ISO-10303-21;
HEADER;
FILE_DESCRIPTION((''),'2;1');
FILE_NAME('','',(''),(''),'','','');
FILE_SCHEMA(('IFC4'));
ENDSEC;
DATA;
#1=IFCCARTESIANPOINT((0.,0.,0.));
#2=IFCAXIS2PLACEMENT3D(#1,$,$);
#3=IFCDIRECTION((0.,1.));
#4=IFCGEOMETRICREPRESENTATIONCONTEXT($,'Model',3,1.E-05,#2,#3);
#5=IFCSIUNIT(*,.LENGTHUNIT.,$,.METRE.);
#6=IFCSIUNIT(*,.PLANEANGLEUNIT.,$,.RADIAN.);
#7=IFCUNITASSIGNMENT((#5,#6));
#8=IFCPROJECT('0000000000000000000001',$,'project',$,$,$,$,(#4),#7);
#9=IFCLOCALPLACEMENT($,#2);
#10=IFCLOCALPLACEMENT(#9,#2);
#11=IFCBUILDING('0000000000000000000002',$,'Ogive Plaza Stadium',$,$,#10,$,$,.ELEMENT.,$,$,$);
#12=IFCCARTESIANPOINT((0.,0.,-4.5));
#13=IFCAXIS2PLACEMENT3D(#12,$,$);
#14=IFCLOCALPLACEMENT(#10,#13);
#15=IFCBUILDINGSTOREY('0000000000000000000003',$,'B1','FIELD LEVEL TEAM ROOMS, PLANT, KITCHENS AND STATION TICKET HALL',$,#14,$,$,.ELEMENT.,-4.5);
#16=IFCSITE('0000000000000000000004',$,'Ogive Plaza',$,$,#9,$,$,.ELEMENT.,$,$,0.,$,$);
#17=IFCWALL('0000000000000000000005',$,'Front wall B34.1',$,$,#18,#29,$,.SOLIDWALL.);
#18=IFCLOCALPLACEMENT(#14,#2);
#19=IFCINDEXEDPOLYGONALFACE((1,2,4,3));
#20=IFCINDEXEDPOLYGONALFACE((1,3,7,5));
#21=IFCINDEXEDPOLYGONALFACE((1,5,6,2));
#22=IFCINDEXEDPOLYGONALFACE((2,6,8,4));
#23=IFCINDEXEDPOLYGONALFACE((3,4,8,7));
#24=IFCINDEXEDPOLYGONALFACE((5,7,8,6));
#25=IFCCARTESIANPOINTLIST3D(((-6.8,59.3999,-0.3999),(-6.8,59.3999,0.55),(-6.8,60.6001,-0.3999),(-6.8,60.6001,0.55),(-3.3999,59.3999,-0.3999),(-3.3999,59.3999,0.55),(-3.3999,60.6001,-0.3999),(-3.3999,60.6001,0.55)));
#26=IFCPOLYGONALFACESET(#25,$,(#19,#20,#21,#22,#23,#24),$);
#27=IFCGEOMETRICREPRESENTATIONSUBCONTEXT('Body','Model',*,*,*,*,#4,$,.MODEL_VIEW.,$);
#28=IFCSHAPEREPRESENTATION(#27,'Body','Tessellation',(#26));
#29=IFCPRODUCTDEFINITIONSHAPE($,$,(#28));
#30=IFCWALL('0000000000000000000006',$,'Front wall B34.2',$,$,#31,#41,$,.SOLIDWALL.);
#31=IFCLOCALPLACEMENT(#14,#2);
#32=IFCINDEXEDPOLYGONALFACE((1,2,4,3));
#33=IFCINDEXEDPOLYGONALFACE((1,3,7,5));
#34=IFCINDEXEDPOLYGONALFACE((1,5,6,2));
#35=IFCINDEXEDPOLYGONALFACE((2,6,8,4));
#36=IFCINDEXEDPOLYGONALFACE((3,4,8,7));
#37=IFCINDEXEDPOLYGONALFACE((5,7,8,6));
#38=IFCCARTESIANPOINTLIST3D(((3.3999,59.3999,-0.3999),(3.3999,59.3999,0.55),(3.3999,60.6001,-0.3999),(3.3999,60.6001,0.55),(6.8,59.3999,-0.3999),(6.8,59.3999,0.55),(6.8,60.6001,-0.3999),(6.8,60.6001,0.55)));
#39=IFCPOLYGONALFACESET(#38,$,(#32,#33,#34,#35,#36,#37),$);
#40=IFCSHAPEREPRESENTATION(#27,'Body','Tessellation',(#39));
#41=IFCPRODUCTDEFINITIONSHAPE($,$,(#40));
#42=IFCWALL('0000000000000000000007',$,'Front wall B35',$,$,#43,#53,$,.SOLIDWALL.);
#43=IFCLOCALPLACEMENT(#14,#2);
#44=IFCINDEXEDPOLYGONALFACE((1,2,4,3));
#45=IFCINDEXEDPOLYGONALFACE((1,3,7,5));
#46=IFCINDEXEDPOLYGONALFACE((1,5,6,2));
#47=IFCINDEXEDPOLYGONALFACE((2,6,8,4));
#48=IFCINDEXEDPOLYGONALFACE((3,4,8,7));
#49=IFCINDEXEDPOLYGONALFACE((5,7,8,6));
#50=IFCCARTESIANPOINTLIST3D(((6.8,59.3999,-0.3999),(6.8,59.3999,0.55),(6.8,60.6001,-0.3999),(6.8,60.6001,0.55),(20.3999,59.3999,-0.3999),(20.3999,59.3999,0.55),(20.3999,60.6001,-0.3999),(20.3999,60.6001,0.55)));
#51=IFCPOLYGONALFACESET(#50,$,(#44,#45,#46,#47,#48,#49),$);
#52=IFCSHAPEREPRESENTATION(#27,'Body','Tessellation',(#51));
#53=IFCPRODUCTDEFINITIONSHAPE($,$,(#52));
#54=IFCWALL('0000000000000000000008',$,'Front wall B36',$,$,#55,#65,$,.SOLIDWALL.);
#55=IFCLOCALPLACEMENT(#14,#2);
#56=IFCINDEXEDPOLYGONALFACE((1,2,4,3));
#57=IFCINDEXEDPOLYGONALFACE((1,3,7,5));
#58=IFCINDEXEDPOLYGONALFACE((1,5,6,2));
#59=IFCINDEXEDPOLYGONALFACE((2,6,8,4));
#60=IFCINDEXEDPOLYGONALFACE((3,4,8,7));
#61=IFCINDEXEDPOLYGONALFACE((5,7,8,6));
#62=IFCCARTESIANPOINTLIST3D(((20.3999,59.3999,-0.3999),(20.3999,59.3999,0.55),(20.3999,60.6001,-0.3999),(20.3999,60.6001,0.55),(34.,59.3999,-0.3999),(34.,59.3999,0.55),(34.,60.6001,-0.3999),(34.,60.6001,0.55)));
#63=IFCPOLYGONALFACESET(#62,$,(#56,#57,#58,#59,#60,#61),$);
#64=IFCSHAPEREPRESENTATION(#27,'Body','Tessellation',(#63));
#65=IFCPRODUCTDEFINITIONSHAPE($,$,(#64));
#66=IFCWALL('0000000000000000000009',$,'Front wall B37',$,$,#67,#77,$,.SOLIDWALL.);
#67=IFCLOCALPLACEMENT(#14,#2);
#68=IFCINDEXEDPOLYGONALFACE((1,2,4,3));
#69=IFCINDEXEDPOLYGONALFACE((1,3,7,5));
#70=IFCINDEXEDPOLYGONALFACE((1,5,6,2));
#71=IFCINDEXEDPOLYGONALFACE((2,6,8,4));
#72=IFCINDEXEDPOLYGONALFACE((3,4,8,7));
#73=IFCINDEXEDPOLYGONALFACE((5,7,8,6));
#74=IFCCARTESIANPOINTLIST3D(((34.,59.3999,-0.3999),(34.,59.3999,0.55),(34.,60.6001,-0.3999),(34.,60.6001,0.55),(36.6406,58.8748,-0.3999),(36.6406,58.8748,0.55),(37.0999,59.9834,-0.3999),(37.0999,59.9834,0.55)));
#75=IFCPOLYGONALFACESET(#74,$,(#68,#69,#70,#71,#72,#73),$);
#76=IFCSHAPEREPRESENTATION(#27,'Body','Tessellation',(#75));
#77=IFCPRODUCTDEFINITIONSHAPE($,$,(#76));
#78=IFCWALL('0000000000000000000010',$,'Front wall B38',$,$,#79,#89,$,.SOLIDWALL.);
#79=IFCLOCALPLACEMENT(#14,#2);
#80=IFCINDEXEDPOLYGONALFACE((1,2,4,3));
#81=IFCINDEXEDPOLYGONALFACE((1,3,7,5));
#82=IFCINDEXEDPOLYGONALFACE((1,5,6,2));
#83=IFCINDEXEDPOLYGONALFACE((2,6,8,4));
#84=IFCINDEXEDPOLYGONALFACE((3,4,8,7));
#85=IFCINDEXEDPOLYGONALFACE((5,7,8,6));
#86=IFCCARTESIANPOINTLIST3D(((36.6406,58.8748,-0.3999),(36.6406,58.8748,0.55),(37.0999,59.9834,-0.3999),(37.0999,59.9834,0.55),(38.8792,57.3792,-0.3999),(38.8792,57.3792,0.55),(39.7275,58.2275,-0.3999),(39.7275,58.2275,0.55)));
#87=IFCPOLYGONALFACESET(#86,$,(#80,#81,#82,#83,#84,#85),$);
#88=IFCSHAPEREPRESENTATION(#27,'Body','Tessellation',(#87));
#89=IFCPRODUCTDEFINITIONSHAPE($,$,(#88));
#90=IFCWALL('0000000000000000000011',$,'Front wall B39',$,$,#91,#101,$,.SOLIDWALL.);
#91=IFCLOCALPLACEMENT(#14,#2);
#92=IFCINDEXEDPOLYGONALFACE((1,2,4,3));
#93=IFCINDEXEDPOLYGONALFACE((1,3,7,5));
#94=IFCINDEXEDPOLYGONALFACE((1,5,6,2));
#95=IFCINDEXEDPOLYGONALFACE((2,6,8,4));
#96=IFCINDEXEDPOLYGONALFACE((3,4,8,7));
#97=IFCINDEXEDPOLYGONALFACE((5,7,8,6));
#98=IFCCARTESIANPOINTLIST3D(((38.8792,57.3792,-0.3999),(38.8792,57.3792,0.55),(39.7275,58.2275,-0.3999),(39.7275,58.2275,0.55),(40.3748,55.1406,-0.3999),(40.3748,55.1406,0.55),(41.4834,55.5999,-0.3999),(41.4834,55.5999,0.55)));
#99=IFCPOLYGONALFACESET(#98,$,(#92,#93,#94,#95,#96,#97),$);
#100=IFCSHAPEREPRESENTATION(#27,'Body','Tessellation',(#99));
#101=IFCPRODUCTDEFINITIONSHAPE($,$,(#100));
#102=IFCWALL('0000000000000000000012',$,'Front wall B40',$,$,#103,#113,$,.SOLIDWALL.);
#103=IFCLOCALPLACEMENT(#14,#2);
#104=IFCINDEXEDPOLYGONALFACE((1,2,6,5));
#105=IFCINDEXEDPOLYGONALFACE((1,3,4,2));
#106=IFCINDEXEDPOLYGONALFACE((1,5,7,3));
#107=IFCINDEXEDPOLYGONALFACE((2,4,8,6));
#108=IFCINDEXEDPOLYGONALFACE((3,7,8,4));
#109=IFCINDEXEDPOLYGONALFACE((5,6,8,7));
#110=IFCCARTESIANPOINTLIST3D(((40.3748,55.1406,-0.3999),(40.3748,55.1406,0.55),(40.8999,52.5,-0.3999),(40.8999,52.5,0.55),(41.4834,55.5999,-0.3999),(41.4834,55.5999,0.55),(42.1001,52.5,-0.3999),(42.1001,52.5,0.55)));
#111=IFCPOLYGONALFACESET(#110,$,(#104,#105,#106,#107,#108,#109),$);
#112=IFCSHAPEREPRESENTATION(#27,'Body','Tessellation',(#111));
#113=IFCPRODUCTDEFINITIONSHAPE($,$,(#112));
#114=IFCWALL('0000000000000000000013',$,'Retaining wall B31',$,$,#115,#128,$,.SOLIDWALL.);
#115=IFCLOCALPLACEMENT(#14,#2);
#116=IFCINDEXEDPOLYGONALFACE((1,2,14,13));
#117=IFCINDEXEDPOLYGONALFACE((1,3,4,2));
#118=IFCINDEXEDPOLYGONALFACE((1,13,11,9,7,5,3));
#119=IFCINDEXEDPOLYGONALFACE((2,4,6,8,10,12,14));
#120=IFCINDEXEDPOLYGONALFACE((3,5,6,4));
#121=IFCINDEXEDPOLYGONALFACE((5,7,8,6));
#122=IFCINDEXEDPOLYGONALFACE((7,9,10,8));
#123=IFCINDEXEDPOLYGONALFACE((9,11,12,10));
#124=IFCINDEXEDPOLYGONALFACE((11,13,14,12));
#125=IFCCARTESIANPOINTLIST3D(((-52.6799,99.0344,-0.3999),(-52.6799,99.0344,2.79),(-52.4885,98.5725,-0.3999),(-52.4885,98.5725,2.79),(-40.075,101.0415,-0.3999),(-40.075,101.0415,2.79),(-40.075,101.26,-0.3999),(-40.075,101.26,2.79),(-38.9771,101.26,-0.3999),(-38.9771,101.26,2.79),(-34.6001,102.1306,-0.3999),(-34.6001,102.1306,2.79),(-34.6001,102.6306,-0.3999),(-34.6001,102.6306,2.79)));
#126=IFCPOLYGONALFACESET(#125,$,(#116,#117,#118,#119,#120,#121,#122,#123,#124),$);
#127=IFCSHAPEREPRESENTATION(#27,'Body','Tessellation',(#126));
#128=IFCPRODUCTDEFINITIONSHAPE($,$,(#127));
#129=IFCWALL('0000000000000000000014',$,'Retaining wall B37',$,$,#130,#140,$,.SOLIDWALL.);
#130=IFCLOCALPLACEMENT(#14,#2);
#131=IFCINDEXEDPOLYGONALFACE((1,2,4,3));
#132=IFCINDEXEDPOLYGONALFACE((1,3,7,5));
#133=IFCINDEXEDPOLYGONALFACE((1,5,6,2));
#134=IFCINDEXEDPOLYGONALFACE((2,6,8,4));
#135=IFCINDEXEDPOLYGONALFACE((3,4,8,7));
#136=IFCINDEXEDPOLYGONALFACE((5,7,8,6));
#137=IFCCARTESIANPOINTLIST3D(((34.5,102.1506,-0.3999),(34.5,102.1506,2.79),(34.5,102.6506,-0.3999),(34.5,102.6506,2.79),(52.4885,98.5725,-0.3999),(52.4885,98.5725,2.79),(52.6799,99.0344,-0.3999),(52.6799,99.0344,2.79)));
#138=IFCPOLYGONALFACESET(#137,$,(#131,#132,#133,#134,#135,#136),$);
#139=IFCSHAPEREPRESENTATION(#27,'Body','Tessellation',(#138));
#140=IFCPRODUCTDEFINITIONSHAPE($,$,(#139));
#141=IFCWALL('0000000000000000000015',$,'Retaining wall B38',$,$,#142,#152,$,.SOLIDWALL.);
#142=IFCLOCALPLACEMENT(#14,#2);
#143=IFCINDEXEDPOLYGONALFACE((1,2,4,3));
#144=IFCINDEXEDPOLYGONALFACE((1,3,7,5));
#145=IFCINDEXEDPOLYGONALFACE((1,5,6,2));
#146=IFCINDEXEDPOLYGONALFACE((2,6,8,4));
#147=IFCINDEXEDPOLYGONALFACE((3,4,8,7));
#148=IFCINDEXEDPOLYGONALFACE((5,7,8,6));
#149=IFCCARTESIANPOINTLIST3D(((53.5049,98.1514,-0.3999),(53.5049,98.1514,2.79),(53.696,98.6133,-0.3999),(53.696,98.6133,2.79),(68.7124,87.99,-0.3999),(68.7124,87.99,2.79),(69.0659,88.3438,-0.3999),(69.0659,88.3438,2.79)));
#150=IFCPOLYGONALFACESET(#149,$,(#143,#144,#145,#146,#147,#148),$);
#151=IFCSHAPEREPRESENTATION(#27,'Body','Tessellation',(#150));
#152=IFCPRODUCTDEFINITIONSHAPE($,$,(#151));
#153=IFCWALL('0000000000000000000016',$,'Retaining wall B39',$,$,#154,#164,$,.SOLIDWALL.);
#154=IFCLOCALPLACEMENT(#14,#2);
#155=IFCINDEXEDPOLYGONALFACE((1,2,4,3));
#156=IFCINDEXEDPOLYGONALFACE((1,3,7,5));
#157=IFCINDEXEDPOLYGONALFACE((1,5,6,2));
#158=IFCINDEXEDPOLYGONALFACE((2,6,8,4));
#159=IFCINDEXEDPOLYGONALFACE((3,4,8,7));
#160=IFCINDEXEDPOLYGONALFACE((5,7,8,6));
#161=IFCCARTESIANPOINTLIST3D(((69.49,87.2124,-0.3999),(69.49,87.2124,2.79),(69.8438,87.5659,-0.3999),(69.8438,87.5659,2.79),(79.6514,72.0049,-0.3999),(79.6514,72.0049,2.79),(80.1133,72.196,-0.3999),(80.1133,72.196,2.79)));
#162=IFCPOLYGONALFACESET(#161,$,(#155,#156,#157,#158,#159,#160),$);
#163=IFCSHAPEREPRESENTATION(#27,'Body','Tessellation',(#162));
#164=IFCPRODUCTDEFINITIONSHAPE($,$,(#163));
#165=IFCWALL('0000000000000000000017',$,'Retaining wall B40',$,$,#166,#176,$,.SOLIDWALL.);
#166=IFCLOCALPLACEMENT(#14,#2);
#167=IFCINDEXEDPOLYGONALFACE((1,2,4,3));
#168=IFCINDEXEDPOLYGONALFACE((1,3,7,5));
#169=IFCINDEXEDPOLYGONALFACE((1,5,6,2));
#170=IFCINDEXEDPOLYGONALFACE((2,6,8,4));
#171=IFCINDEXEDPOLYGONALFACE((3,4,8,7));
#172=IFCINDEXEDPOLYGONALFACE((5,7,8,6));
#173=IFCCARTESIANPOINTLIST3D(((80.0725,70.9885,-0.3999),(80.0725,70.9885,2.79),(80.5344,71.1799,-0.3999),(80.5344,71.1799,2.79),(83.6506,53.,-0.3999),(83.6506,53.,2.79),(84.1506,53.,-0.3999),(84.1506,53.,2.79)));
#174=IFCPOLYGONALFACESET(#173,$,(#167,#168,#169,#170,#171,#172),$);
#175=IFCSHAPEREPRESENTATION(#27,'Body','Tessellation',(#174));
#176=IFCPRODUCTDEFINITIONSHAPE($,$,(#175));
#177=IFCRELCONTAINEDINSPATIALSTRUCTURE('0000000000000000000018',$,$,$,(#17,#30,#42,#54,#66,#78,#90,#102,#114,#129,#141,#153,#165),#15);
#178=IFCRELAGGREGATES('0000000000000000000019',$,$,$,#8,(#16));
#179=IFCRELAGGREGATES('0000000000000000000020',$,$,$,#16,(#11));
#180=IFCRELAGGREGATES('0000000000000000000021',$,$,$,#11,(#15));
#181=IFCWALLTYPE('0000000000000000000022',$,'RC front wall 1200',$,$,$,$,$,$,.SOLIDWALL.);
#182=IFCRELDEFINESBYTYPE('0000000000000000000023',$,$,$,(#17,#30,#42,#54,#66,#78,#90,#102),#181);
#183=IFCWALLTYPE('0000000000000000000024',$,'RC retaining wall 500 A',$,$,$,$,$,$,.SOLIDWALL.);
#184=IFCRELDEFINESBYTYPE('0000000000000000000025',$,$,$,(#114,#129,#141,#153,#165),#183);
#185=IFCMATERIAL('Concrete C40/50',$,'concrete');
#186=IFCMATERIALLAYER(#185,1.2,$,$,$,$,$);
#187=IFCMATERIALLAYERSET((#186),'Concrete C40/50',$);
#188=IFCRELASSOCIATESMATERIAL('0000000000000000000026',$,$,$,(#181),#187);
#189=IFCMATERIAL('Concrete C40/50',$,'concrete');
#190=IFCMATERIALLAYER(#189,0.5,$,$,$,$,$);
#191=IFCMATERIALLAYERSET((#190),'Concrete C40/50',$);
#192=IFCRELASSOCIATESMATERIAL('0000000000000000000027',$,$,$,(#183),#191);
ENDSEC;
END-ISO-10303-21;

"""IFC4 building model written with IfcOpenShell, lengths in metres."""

from ifc_helpers import new_model, si_unit, direction, frame, origin, place, context, subcontext, project, spatial, polyline, outline, extrude, material, layer, layer_set, type_object, element, save


model = new_model("IFC4")

# Units and contexts
model_context = context("Model", 3, precision=1e-05, world=origin(), true_north=direction((0.0, 1.0)))
body_context = subcontext(model_context, "Body", "Model", "MODEL_VIEW")
ifc_project = project(units=[si_unit("LENGTHUNIT", "METRE"), si_unit("PLANEANGLEUNIT", "RADIAN")], contexts=[model_context])

# Site, building, storey
site_placement = place(None, origin())
site = spatial("IfcSite", under=ifc_project, at=site_placement, Name="Ogive Plaza", CompositionType="ELEMENT", RefElevation=0.0)
building_placement = place(site_placement, origin())
building = spatial("IfcBuilding", under=site, at=building_placement, Name="Ogive Plaza Stadium", CompositionType="ELEMENT")
storey_placement = place(building_placement, frame((0.0, 0.0, -4.5)))
storey = spatial("IfcBuildingStorey", under=building, at=storey_placement, Name="B1", Description="FIELD LEVEL TEAM ROOMS, PLANT, KITCHENS AND STATION TICKET HALL", CompositionType="ELEMENT", Elevation=-4.5)

# Walls
ifc_material_1 = material(Name="Concrete C40/50", Category="concrete")
ifc_layer_1 = layer(ifc_material_1, 1.2)
ifc_layer_set_1 = layer_set([ifc_layer_1], Name="Concrete C40/50")
wall_type_1 = type_object("IfcWallType", Name="RC front wall 1200", PredefinedType="SOLIDWALL", material=ifc_layer_set_1)
wall_1_placement = place(storey_placement, frame((0.0, 0.0, -0.3999)))
element("IfcWall", 1, at=wall_1_placement, inside=storey, type_object=wall_type_1, Name="Front wall B34.1", PredefinedType="SOLIDWALL", context=body_context, shape_type="SweptSolid", body=[
    extrude(outline(polyline([(-3.3999, 59.3999), (-3.3999, 60.6001), (-6.8, 60.6001), (-6.8, 59.3999), (-3.3999, 59.3999)])), origin(), (0.0, 0.0, 1.0), 0.95),
])
wall_2_placement = place(storey_placement, frame((0.0, 0.0, -0.3999)))
element("IfcWall", 2, at=wall_2_placement, inside=storey, type_object=wall_type_1, Name="Front wall B34.2", PredefinedType="SOLIDWALL", context=body_context, shape_type="SweptSolid", body=[
    extrude(outline(polyline([(3.3999, 60.6001), (3.3999, 59.3999), (6.8, 59.3999), (6.8, 60.6001), (3.3999, 60.6001)])), origin(), (0.0, 0.0, 1.0), 0.95),
])
wall_3_placement = place(storey_placement, frame((0.0, 0.0, -0.3999)))
element("IfcWall", 3, at=wall_3_placement, inside=storey, type_object=wall_type_1, Name="Front wall B35", PredefinedType="SOLIDWALL", context=body_context, shape_type="SweptSolid", body=[
    extrude(outline(polyline([(20.3999, 59.3999), (20.3999, 60.6001), (6.8, 60.6001), (6.8, 59.3999), (20.3999, 59.3999)])), origin(), (0.0, 0.0, 1.0), 0.95),
])
wall_4_placement = place(storey_placement, frame((0.0, 0.0, -0.3999)))
element("IfcWall", 4, at=wall_4_placement, inside=storey, type_object=wall_type_1, Name="Front wall B36", PredefinedType="SOLIDWALL", context=body_context, shape_type="SweptSolid", body=[
    extrude(outline(polyline([(34.0, 59.3999), (34.0, 60.6001), (20.3999, 60.6001), (20.3999, 59.3999), (34.0, 59.3999)])), origin(), (0.0, 0.0, 1.0), 0.95),
])
wall_5_placement = place(storey_placement, frame((0.0, 0.0, -0.3999)))
element("IfcWall", 5, at=wall_5_placement, inside=storey, type_object=wall_type_1, Name="Front wall B37", PredefinedType="SOLIDWALL", context=body_context, shape_type="SweptSolid", body=[
    extrude(outline(polyline([(36.6406, 58.8748), (37.0999, 59.9834), (34.0, 60.6001), (34.0, 59.3999), (36.6406, 58.8748)])), origin(), (0.0, 0.0, 1.0), 0.95),
])
wall_6_placement = place(storey_placement, frame((0.0, 0.0, -0.3999)))
element("IfcWall", 6, at=wall_6_placement, inside=storey, type_object=wall_type_1, Name="Front wall B38", PredefinedType="SOLIDWALL", context=body_context, shape_type="SweptSolid", body=[
    extrude(outline(polyline([(38.8792, 57.3792), (39.7275, 58.2275), (37.0999, 59.9834), (36.6406, 58.8748), (38.8792, 57.3792)])), origin(), (0.0, 0.0, 1.0), 0.95),
])
wall_7_placement = place(storey_placement, frame((0.0, 0.0, -0.3999)))
element("IfcWall", 7, at=wall_7_placement, inside=storey, type_object=wall_type_1, Name="Front wall B39", PredefinedType="SOLIDWALL", context=body_context, shape_type="SweptSolid", body=[
    extrude(outline(polyline([(40.3748, 55.1406), (41.4834, 55.5999), (39.7275, 58.2275), (38.8792, 57.3792), (40.3748, 55.1406)])), origin(), (0.0, 0.0, 1.0), 0.95),
])
wall_8_placement = place(storey_placement, frame((0.0, 0.0, -0.3999)))
element("IfcWall", 8, at=wall_8_placement, inside=storey, type_object=wall_type_1, Name="Front wall B40", PredefinedType="SOLIDWALL", context=body_context, shape_type="SweptSolid", body=[
    extrude(outline(polyline([(40.8999, 52.5), (42.1001, 52.5), (41.4834, 55.5999), (40.3748, 55.1406), (40.8999, 52.5)])), origin(), (0.0, 0.0, 1.0), 0.95),
])
ifc_material_2 = material(Name="Concrete C40/50", Category="concrete")
ifc_layer_2 = layer(ifc_material_2, 0.5)
ifc_layer_set_2 = layer_set([ifc_layer_2], Name="Concrete C40/50")
wall_type_2 = type_object("IfcWallType", Name="RC retaining wall 500 A", PredefinedType="SOLIDWALL", material=ifc_layer_set_2)
wall_9_placement = place(storey_placement, frame((0.0, 0.0, -0.3999)))
element("IfcWall", 9, at=wall_9_placement, inside=storey, type_object=wall_type_2, Name="Retaining wall B31", PredefinedType="SOLIDWALL", context=body_context, shape_type="SweptSolid", body=[
    extrude(outline(polyline([(-52.4885, 98.5725), (-40.075, 101.0415), (-40.075, 101.26), (-38.9771, 101.26), (-34.6001, 102.1306), (-34.6001, 102.6306), (-52.6799, 99.0344), (-52.4885, 98.5725)])), origin(), (0.0, 0.0, 1.0), 3.1899),
])
wall_10_placement = place(storey_placement, frame((0.0, 0.0, -0.3999)))
element("IfcWall", 10, at=wall_10_placement, inside=storey, type_object=wall_type_2, Name="Retaining wall B37", PredefinedType="SOLIDWALL", context=body_context, shape_type="SweptSolid", body=[
    extrude(outline(polyline([(52.4885, 98.5725), (52.6799, 99.0344), (34.5, 102.6506), (34.5, 102.1506), (52.4885, 98.5725)])), origin(), (0.0, 0.0, 1.0), 3.1899),
])
wall_11_placement = place(storey_placement, frame((0.0, 0.0, -0.3999)))
element("IfcWall", 11, at=wall_11_placement, inside=storey, type_object=wall_type_2, Name="Retaining wall B38", PredefinedType="SOLIDWALL", context=body_context, shape_type="SweptSolid", body=[
    extrude(outline(polyline([(68.7124, 87.99), (69.0659, 88.3438), (53.696, 98.6133), (53.5049, 98.1514), (68.7124, 87.99)])), origin(), (0.0, 0.0, 1.0), 3.1899),
])
wall_12_placement = place(storey_placement, frame((0.0, 0.0, -0.3999)))
element("IfcWall", 12, at=wall_12_placement, inside=storey, type_object=wall_type_2, Name="Retaining wall B39", PredefinedType="SOLIDWALL", context=body_context, shape_type="SweptSolid", body=[
    extrude(outline(polyline([(79.6514, 72.0049), (80.1133, 72.196), (69.8438, 87.5659), (69.49, 87.2124), (79.6514, 72.0049)])), origin(), (0.0, 0.0, 1.0), 3.1899),
])
wall_13_placement = place(storey_placement, frame((0.0, 0.0, -0.3999)))
element("IfcWall", 13, at=wall_13_placement, inside=storey, type_object=wall_type_2, Name="Retaining wall B40", PredefinedType="SOLIDWALL", context=body_context, shape_type="SweptSolid", body=[
    extrude(outline(polyline([(83.6506, 53.0), (84.1506, 53.0), (80.5344, 71.1799), (80.0725, 70.9885), (83.6506, 53.0)])), origin(), (0.0, 0.0, 1.0), 3.1899),
])

save(model, "model.ifc")
